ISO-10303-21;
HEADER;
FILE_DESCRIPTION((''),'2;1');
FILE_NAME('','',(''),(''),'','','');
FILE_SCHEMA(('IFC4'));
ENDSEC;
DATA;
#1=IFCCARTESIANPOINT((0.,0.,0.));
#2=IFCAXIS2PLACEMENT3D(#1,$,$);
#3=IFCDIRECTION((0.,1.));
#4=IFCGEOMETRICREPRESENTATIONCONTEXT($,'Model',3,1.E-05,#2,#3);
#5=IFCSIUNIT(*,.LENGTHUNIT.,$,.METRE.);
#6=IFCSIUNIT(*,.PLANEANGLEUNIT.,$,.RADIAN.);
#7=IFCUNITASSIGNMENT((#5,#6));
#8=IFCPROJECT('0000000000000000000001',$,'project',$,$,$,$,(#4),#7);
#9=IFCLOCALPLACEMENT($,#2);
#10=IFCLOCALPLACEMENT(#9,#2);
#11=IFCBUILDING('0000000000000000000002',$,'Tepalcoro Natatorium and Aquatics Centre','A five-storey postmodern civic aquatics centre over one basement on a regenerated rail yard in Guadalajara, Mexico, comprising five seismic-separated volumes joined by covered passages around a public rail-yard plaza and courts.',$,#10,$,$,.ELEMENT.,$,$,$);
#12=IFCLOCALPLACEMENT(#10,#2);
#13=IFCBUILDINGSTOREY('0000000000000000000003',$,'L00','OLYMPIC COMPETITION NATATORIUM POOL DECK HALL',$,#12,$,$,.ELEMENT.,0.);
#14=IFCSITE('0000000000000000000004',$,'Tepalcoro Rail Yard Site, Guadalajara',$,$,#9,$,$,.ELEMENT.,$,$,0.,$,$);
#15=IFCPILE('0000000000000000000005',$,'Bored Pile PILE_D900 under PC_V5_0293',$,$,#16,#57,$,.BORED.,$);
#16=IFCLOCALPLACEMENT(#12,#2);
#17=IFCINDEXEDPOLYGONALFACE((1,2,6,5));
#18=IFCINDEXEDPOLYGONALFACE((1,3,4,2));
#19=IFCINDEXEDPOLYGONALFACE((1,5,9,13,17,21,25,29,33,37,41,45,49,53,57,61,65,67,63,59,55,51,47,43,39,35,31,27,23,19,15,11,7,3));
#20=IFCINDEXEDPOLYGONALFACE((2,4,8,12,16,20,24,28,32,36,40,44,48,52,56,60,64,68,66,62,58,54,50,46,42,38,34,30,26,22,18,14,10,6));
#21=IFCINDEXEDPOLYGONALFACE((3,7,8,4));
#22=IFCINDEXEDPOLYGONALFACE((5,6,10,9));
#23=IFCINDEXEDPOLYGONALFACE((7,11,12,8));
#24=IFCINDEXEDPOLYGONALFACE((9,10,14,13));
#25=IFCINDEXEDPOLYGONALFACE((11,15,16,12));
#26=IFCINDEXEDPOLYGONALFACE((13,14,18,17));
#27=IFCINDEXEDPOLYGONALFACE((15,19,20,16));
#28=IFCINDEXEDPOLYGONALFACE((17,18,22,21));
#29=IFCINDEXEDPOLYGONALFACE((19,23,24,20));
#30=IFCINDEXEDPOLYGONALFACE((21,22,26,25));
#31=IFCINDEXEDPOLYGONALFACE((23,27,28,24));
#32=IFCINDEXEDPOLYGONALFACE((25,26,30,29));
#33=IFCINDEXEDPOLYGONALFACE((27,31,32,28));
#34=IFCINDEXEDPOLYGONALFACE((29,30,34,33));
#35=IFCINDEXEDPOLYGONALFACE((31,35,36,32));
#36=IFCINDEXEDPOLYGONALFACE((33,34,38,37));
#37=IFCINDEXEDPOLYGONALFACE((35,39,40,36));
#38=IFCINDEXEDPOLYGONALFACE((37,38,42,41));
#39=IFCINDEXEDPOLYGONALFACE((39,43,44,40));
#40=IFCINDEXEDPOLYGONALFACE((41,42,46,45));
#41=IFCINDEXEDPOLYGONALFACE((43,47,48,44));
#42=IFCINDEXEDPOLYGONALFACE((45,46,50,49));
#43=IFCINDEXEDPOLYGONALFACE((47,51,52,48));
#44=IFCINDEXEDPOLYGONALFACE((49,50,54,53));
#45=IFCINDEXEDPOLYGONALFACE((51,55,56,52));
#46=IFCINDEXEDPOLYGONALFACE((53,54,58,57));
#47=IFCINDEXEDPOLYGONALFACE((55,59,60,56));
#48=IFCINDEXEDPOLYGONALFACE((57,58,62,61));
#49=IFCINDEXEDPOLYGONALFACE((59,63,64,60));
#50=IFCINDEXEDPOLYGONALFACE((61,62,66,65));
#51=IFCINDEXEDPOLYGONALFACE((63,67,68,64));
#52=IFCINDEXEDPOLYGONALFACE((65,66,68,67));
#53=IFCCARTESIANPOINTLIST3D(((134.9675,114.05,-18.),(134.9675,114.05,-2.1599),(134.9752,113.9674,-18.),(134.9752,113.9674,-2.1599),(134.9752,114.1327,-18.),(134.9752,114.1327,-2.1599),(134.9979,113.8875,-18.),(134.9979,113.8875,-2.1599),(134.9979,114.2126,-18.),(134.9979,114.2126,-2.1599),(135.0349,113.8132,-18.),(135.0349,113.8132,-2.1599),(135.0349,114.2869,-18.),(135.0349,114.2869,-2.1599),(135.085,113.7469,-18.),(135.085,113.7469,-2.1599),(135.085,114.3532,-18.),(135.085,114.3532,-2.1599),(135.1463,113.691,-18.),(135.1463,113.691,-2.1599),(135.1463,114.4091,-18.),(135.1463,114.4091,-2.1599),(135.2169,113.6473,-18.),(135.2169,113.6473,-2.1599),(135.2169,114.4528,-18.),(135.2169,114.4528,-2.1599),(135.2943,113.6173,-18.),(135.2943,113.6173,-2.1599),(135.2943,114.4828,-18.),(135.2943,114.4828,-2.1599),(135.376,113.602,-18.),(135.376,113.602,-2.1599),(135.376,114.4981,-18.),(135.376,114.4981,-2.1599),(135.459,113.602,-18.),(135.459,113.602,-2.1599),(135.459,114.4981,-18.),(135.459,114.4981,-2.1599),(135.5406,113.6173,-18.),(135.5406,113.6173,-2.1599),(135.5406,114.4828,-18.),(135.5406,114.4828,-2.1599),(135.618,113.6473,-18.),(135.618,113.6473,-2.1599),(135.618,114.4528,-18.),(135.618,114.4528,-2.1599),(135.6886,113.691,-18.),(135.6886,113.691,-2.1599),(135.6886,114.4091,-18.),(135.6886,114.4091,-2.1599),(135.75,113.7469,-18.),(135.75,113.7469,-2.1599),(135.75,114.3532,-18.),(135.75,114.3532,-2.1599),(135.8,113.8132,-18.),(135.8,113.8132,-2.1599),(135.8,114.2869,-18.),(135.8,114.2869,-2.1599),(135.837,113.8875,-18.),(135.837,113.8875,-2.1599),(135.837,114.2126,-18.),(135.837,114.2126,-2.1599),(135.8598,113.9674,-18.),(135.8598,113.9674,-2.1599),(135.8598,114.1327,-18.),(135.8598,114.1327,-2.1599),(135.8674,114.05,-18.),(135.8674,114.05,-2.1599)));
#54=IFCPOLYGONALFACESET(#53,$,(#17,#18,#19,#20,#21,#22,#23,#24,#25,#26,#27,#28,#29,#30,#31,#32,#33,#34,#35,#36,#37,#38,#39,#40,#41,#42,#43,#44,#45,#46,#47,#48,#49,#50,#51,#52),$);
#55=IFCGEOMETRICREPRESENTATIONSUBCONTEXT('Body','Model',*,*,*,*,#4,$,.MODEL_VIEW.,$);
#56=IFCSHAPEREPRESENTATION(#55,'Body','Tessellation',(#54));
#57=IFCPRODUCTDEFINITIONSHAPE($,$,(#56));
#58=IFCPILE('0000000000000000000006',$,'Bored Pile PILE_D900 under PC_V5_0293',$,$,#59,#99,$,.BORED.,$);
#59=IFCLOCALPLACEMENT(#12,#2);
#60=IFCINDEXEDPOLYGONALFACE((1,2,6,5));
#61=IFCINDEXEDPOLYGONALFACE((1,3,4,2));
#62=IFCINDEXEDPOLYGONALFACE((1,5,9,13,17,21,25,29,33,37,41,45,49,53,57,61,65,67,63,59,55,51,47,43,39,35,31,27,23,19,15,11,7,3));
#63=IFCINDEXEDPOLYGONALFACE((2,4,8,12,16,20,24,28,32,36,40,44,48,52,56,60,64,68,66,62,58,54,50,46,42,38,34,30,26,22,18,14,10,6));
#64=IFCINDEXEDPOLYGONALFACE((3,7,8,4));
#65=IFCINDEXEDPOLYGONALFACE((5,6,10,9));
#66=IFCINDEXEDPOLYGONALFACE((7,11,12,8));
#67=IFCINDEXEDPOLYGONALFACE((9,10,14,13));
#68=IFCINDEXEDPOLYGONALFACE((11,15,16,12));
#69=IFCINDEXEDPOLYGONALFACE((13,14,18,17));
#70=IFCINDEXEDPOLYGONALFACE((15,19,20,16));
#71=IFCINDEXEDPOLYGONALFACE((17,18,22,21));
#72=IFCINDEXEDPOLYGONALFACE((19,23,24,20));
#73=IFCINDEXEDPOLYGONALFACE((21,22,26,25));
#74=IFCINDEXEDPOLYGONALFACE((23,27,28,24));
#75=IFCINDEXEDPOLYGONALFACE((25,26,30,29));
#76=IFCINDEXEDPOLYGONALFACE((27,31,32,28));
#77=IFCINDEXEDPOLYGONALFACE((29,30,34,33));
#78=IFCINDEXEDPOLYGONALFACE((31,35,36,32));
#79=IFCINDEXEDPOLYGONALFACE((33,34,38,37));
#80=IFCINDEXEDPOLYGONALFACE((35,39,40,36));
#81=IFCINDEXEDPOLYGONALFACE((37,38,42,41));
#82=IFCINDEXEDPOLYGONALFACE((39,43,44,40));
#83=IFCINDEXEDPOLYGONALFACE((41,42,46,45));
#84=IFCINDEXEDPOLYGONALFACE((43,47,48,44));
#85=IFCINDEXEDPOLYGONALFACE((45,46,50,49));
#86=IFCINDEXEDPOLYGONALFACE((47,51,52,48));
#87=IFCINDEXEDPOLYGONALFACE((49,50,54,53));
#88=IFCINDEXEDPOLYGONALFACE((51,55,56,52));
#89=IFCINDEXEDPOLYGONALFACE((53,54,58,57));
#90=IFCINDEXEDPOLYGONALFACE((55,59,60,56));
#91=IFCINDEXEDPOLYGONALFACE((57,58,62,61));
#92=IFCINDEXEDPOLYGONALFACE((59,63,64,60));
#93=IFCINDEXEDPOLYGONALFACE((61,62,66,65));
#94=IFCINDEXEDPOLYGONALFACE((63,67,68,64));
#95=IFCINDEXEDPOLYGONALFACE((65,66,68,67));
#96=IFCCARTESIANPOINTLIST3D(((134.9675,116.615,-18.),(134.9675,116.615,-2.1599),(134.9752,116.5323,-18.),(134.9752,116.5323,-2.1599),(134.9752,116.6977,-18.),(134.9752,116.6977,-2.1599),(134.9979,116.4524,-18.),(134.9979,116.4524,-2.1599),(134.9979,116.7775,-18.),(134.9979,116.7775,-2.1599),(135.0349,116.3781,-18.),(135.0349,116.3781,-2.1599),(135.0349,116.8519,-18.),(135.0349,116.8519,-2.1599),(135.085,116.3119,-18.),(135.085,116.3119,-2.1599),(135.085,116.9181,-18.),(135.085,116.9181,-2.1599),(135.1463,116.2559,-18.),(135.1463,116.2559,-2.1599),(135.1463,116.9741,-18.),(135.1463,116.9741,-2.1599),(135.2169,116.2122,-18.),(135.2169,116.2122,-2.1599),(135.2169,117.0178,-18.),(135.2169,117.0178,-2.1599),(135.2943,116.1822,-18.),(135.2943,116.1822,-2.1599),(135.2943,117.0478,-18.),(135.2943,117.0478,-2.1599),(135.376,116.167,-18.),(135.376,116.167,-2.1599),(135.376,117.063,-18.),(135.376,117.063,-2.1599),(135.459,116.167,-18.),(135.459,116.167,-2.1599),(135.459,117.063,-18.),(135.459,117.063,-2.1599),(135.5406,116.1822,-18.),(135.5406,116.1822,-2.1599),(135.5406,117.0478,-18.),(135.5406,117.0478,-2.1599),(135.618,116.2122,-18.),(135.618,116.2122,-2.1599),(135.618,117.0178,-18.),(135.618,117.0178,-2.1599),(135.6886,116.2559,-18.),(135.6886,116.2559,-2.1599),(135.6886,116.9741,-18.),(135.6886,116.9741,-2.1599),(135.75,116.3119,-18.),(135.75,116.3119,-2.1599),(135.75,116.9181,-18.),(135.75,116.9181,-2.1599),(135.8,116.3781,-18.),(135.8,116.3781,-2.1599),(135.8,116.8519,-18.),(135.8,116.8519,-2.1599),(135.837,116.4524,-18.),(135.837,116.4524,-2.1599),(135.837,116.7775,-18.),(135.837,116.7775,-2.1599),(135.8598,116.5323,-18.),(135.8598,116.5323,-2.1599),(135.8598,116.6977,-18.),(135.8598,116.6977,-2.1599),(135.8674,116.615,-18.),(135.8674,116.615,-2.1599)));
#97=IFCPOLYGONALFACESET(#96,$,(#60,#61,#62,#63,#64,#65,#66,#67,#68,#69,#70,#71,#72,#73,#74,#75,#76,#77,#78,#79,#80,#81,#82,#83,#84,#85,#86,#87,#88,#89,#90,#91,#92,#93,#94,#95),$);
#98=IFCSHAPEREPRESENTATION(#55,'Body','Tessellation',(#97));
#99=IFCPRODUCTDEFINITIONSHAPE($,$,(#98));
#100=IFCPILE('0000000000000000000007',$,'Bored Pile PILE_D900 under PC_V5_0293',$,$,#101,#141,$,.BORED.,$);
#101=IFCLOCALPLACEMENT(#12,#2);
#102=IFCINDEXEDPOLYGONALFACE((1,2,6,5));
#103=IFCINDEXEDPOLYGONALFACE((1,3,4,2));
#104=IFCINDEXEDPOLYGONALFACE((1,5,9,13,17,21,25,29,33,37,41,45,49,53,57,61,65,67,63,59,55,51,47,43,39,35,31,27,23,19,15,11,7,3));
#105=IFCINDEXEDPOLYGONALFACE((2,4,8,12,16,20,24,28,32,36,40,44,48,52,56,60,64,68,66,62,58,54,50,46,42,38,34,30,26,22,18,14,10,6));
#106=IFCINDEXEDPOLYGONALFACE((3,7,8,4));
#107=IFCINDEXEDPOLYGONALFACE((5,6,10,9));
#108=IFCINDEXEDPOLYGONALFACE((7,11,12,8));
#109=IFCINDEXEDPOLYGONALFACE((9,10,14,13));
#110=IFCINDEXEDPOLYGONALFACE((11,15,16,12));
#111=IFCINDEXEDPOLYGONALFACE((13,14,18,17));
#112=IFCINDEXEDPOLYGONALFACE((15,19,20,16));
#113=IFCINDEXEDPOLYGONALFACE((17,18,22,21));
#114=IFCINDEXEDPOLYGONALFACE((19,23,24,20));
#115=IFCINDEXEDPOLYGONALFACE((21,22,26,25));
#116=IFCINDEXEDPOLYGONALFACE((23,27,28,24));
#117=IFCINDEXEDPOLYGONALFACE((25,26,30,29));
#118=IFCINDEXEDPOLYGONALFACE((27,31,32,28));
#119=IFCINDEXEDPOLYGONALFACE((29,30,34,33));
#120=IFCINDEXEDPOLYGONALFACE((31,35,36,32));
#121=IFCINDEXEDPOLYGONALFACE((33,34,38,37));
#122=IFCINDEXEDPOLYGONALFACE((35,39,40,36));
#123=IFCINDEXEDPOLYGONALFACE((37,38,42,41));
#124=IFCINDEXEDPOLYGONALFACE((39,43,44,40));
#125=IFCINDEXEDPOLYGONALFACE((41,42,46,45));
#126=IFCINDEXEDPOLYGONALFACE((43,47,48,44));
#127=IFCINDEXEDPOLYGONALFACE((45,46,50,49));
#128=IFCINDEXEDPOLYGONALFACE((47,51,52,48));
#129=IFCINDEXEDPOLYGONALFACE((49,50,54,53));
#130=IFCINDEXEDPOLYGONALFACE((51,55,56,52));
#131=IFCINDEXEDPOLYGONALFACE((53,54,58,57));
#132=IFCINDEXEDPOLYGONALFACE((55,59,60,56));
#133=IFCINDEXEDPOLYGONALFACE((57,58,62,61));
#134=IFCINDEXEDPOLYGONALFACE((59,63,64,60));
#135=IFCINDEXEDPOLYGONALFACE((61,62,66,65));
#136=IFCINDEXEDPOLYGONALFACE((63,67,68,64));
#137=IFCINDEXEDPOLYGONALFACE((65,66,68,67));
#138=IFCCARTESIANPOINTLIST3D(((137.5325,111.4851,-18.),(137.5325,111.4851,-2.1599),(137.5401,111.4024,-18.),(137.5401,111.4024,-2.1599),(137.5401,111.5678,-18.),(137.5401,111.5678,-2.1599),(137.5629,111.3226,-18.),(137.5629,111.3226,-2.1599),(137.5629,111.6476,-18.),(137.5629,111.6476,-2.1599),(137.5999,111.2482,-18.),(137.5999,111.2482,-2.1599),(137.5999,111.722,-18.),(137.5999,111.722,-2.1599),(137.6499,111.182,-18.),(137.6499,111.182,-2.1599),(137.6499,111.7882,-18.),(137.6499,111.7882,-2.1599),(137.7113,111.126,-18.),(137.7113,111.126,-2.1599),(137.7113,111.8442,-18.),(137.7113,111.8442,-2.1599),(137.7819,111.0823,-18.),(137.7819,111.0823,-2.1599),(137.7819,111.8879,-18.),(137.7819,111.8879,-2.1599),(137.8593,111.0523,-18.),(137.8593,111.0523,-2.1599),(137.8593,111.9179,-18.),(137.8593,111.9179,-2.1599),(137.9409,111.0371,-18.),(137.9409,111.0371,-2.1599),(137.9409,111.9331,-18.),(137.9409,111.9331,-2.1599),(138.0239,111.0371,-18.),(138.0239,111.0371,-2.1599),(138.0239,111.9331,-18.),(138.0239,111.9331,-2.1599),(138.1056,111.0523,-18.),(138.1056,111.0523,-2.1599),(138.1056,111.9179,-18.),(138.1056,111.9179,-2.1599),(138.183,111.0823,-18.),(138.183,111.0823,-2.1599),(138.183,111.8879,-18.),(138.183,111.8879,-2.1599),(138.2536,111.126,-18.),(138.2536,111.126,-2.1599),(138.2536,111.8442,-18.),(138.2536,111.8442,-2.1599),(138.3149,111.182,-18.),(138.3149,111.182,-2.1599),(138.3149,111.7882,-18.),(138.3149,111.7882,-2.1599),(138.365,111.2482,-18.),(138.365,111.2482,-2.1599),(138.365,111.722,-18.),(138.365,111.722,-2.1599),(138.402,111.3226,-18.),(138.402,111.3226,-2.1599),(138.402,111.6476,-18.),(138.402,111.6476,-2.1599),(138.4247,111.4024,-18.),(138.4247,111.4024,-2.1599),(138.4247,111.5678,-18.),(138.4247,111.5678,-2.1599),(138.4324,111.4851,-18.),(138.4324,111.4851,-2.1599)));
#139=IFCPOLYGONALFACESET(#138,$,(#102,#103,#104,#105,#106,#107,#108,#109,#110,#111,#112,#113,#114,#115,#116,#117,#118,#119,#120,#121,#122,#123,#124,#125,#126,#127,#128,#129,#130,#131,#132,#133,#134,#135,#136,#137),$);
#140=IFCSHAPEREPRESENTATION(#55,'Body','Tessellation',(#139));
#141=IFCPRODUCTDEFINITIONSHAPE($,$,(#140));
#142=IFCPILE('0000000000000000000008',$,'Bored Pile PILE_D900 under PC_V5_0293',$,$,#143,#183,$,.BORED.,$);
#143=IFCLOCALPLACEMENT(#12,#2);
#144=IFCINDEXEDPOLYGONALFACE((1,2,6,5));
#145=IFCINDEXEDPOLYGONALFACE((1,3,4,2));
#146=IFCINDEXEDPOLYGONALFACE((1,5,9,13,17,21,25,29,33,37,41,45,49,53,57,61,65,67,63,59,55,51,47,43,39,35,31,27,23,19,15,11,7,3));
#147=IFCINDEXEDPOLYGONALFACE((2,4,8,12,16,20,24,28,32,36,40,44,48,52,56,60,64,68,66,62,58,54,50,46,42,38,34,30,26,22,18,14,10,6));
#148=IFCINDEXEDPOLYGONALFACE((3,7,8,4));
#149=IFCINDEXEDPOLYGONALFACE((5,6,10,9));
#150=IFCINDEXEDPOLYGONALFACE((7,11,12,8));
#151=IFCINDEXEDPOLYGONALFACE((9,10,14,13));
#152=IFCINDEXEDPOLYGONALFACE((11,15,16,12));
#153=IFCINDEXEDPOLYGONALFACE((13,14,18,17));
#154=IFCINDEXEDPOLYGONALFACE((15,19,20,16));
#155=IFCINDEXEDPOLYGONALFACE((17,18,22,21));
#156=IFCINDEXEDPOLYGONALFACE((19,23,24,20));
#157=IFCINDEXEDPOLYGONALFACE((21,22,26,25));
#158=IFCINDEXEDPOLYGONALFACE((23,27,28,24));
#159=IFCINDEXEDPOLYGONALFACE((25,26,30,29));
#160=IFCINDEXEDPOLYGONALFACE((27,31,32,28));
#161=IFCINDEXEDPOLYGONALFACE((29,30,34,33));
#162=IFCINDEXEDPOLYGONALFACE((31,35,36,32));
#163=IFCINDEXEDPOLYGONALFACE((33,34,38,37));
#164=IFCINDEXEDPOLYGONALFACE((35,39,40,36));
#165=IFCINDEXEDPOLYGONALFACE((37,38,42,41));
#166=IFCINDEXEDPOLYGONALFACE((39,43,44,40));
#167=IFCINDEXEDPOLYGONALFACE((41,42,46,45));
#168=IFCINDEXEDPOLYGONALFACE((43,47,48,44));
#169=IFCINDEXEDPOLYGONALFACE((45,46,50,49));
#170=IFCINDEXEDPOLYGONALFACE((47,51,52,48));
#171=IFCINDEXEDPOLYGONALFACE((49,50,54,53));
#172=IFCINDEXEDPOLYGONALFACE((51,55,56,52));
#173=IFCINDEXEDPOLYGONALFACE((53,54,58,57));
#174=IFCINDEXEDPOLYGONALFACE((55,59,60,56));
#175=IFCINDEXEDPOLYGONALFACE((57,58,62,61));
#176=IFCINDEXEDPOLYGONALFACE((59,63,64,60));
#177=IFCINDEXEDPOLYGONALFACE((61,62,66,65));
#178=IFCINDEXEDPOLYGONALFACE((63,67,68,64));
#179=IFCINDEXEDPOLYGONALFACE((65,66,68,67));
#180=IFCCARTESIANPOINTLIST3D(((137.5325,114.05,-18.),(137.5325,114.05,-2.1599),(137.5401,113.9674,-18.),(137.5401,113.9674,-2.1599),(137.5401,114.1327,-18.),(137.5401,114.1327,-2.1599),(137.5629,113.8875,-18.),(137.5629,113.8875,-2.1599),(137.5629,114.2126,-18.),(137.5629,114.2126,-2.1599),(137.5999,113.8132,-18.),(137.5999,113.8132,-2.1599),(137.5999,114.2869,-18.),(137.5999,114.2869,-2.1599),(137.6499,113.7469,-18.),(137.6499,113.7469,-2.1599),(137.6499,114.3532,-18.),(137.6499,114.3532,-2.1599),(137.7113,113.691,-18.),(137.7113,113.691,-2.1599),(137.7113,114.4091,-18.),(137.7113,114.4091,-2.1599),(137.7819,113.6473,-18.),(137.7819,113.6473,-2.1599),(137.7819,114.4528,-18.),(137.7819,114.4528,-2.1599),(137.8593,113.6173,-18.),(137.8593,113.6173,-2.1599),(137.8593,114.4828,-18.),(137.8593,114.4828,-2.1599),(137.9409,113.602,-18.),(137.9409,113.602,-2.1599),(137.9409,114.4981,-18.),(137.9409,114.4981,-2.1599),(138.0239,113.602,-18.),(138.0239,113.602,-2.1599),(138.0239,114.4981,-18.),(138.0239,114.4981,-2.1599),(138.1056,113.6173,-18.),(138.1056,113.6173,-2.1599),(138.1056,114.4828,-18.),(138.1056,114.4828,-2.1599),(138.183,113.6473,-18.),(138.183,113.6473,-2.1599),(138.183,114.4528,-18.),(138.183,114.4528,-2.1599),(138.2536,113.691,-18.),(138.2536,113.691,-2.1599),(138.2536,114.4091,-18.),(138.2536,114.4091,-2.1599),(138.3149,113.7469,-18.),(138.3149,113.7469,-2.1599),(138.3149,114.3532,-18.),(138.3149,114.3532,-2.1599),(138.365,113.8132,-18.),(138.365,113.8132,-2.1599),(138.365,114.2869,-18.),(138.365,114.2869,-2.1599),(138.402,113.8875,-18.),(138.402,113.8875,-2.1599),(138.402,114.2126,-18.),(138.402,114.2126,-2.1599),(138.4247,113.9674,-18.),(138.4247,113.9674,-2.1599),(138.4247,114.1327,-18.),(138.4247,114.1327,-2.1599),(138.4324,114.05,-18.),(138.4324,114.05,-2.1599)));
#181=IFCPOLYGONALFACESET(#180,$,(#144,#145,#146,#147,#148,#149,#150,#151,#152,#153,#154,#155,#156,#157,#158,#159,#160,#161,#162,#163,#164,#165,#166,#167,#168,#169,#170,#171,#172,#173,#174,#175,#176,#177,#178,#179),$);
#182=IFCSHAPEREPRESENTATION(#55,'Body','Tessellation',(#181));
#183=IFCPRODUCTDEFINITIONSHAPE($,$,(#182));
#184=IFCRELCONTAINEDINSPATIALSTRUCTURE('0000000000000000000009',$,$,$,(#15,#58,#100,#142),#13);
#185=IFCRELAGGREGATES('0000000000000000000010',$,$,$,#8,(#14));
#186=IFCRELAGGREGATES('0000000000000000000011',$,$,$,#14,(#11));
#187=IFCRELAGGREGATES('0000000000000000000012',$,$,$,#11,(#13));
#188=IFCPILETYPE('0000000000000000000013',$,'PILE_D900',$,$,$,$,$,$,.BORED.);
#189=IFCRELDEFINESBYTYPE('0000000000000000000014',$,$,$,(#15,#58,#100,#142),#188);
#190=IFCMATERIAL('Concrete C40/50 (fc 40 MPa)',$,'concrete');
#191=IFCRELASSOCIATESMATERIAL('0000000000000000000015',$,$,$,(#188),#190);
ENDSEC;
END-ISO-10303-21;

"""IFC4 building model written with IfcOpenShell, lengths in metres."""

from ifc_helpers import new_model, si_unit, direction, frame, origin, origin_2d, place, context, subcontext, project, spatial, circle, extrude, material, material_profile, profile_set, type_object, element, save


model = new_model("IFC4")

# Units and contexts
model_context = context("Model", 3, precision=1e-05, world=origin(), true_north=direction((0.0, 1.0)))
body_context = subcontext(model_context, "Body", "Model", "MODEL_VIEW")
ifc_project = project(units=[si_unit("LENGTHUNIT", "METRE"), si_unit("PLANEANGLEUNIT", "RADIAN")], contexts=[model_context])

# Site, building, storey
site_placement = place(None, origin())
site = spatial("IfcSite", under=ifc_project, at=site_placement, Name="Tepalcoro Rail Yard Site, Guadalajara", CompositionType="ELEMENT", RefElevation=0.0)
building_placement = place(site_placement, origin())
building = spatial("IfcBuilding", under=site, at=building_placement, Name="Tepalcoro Natatorium and Aquatics Centre", Description="A five-storey postmodern civic aquatics centre over one basement on a regenerated rail yard in Guadalajara, Mexico, comprising five seismic-separated volumes joined by covered passages around a public rail-yard plaza and courts.", CompositionType="ELEMENT")
storey_placement = place(building_placement, origin())
storey = spatial("IfcBuildingStorey", under=building, at=storey_placement, Name="L00", Description="OLYMPIC COMPETITION NATATORIUM POOL DECK HALL", CompositionType="ELEMENT", Elevation=0.0)

# Piles
ifc_material_1 = material(Name="Concrete C40/50 (fc 40 MPa)", Category="concrete")
ifc_material_profile_1 = material_profile(ifc_material_1, circle(Radius=0.45, at=origin_2d()), Name="PILE_D900")
ifc_profile_set_1 = profile_set([ifc_material_profile_1], Name="Concrete C40/50 (fc 40 MPa)")
pile_type_1 = type_object("IfcPileType", Name="PILE_D900", PredefinedType="BORED", material=ifc_profile_set_1)
for number, where, z_axis, x_axis, name in (
    (1, (135.4175, 114.05, -2.1599), (0.0, 0.0, -1.0), (1.0, 0.0, 0.0), "Bored Pile PILE_D900 under PC_V5_0293"),
    (2, (135.4175, 116.615, -2.1599), (0.0, 0.0, -1.0), (1.0, 0.0, 0.0), "Bored Pile PILE_D900 under PC_V5_0293"),
    (3, (137.9824, 111.4851, -2.1599), (0.0, 0.0, -1.0), (1.0, 0.0, 0.0), "Bored Pile PILE_D900 under PC_V5_0293"),
    (4, (137.9824, 114.05, -2.1599), (0.0, 0.0, -1.0), (1.0, 0.0, 0.0), "Bored Pile PILE_D900 under PC_V5_0293"),
):
    element("IfcPile", number, at=place(storey_placement, frame(where, z_axis=z_axis, x_axis=x_axis)), inside=storey, type_object=pile_type_1, Name=name, PredefinedType="BORED", context=body_context, shape_type="SweptSolid", body=[
        extrude(circle(Radius=0.45, at=origin_2d()), origin(), (0.0, 0.0, 1.0), 15.8401),
    ])

save(model, "model.ifc")
